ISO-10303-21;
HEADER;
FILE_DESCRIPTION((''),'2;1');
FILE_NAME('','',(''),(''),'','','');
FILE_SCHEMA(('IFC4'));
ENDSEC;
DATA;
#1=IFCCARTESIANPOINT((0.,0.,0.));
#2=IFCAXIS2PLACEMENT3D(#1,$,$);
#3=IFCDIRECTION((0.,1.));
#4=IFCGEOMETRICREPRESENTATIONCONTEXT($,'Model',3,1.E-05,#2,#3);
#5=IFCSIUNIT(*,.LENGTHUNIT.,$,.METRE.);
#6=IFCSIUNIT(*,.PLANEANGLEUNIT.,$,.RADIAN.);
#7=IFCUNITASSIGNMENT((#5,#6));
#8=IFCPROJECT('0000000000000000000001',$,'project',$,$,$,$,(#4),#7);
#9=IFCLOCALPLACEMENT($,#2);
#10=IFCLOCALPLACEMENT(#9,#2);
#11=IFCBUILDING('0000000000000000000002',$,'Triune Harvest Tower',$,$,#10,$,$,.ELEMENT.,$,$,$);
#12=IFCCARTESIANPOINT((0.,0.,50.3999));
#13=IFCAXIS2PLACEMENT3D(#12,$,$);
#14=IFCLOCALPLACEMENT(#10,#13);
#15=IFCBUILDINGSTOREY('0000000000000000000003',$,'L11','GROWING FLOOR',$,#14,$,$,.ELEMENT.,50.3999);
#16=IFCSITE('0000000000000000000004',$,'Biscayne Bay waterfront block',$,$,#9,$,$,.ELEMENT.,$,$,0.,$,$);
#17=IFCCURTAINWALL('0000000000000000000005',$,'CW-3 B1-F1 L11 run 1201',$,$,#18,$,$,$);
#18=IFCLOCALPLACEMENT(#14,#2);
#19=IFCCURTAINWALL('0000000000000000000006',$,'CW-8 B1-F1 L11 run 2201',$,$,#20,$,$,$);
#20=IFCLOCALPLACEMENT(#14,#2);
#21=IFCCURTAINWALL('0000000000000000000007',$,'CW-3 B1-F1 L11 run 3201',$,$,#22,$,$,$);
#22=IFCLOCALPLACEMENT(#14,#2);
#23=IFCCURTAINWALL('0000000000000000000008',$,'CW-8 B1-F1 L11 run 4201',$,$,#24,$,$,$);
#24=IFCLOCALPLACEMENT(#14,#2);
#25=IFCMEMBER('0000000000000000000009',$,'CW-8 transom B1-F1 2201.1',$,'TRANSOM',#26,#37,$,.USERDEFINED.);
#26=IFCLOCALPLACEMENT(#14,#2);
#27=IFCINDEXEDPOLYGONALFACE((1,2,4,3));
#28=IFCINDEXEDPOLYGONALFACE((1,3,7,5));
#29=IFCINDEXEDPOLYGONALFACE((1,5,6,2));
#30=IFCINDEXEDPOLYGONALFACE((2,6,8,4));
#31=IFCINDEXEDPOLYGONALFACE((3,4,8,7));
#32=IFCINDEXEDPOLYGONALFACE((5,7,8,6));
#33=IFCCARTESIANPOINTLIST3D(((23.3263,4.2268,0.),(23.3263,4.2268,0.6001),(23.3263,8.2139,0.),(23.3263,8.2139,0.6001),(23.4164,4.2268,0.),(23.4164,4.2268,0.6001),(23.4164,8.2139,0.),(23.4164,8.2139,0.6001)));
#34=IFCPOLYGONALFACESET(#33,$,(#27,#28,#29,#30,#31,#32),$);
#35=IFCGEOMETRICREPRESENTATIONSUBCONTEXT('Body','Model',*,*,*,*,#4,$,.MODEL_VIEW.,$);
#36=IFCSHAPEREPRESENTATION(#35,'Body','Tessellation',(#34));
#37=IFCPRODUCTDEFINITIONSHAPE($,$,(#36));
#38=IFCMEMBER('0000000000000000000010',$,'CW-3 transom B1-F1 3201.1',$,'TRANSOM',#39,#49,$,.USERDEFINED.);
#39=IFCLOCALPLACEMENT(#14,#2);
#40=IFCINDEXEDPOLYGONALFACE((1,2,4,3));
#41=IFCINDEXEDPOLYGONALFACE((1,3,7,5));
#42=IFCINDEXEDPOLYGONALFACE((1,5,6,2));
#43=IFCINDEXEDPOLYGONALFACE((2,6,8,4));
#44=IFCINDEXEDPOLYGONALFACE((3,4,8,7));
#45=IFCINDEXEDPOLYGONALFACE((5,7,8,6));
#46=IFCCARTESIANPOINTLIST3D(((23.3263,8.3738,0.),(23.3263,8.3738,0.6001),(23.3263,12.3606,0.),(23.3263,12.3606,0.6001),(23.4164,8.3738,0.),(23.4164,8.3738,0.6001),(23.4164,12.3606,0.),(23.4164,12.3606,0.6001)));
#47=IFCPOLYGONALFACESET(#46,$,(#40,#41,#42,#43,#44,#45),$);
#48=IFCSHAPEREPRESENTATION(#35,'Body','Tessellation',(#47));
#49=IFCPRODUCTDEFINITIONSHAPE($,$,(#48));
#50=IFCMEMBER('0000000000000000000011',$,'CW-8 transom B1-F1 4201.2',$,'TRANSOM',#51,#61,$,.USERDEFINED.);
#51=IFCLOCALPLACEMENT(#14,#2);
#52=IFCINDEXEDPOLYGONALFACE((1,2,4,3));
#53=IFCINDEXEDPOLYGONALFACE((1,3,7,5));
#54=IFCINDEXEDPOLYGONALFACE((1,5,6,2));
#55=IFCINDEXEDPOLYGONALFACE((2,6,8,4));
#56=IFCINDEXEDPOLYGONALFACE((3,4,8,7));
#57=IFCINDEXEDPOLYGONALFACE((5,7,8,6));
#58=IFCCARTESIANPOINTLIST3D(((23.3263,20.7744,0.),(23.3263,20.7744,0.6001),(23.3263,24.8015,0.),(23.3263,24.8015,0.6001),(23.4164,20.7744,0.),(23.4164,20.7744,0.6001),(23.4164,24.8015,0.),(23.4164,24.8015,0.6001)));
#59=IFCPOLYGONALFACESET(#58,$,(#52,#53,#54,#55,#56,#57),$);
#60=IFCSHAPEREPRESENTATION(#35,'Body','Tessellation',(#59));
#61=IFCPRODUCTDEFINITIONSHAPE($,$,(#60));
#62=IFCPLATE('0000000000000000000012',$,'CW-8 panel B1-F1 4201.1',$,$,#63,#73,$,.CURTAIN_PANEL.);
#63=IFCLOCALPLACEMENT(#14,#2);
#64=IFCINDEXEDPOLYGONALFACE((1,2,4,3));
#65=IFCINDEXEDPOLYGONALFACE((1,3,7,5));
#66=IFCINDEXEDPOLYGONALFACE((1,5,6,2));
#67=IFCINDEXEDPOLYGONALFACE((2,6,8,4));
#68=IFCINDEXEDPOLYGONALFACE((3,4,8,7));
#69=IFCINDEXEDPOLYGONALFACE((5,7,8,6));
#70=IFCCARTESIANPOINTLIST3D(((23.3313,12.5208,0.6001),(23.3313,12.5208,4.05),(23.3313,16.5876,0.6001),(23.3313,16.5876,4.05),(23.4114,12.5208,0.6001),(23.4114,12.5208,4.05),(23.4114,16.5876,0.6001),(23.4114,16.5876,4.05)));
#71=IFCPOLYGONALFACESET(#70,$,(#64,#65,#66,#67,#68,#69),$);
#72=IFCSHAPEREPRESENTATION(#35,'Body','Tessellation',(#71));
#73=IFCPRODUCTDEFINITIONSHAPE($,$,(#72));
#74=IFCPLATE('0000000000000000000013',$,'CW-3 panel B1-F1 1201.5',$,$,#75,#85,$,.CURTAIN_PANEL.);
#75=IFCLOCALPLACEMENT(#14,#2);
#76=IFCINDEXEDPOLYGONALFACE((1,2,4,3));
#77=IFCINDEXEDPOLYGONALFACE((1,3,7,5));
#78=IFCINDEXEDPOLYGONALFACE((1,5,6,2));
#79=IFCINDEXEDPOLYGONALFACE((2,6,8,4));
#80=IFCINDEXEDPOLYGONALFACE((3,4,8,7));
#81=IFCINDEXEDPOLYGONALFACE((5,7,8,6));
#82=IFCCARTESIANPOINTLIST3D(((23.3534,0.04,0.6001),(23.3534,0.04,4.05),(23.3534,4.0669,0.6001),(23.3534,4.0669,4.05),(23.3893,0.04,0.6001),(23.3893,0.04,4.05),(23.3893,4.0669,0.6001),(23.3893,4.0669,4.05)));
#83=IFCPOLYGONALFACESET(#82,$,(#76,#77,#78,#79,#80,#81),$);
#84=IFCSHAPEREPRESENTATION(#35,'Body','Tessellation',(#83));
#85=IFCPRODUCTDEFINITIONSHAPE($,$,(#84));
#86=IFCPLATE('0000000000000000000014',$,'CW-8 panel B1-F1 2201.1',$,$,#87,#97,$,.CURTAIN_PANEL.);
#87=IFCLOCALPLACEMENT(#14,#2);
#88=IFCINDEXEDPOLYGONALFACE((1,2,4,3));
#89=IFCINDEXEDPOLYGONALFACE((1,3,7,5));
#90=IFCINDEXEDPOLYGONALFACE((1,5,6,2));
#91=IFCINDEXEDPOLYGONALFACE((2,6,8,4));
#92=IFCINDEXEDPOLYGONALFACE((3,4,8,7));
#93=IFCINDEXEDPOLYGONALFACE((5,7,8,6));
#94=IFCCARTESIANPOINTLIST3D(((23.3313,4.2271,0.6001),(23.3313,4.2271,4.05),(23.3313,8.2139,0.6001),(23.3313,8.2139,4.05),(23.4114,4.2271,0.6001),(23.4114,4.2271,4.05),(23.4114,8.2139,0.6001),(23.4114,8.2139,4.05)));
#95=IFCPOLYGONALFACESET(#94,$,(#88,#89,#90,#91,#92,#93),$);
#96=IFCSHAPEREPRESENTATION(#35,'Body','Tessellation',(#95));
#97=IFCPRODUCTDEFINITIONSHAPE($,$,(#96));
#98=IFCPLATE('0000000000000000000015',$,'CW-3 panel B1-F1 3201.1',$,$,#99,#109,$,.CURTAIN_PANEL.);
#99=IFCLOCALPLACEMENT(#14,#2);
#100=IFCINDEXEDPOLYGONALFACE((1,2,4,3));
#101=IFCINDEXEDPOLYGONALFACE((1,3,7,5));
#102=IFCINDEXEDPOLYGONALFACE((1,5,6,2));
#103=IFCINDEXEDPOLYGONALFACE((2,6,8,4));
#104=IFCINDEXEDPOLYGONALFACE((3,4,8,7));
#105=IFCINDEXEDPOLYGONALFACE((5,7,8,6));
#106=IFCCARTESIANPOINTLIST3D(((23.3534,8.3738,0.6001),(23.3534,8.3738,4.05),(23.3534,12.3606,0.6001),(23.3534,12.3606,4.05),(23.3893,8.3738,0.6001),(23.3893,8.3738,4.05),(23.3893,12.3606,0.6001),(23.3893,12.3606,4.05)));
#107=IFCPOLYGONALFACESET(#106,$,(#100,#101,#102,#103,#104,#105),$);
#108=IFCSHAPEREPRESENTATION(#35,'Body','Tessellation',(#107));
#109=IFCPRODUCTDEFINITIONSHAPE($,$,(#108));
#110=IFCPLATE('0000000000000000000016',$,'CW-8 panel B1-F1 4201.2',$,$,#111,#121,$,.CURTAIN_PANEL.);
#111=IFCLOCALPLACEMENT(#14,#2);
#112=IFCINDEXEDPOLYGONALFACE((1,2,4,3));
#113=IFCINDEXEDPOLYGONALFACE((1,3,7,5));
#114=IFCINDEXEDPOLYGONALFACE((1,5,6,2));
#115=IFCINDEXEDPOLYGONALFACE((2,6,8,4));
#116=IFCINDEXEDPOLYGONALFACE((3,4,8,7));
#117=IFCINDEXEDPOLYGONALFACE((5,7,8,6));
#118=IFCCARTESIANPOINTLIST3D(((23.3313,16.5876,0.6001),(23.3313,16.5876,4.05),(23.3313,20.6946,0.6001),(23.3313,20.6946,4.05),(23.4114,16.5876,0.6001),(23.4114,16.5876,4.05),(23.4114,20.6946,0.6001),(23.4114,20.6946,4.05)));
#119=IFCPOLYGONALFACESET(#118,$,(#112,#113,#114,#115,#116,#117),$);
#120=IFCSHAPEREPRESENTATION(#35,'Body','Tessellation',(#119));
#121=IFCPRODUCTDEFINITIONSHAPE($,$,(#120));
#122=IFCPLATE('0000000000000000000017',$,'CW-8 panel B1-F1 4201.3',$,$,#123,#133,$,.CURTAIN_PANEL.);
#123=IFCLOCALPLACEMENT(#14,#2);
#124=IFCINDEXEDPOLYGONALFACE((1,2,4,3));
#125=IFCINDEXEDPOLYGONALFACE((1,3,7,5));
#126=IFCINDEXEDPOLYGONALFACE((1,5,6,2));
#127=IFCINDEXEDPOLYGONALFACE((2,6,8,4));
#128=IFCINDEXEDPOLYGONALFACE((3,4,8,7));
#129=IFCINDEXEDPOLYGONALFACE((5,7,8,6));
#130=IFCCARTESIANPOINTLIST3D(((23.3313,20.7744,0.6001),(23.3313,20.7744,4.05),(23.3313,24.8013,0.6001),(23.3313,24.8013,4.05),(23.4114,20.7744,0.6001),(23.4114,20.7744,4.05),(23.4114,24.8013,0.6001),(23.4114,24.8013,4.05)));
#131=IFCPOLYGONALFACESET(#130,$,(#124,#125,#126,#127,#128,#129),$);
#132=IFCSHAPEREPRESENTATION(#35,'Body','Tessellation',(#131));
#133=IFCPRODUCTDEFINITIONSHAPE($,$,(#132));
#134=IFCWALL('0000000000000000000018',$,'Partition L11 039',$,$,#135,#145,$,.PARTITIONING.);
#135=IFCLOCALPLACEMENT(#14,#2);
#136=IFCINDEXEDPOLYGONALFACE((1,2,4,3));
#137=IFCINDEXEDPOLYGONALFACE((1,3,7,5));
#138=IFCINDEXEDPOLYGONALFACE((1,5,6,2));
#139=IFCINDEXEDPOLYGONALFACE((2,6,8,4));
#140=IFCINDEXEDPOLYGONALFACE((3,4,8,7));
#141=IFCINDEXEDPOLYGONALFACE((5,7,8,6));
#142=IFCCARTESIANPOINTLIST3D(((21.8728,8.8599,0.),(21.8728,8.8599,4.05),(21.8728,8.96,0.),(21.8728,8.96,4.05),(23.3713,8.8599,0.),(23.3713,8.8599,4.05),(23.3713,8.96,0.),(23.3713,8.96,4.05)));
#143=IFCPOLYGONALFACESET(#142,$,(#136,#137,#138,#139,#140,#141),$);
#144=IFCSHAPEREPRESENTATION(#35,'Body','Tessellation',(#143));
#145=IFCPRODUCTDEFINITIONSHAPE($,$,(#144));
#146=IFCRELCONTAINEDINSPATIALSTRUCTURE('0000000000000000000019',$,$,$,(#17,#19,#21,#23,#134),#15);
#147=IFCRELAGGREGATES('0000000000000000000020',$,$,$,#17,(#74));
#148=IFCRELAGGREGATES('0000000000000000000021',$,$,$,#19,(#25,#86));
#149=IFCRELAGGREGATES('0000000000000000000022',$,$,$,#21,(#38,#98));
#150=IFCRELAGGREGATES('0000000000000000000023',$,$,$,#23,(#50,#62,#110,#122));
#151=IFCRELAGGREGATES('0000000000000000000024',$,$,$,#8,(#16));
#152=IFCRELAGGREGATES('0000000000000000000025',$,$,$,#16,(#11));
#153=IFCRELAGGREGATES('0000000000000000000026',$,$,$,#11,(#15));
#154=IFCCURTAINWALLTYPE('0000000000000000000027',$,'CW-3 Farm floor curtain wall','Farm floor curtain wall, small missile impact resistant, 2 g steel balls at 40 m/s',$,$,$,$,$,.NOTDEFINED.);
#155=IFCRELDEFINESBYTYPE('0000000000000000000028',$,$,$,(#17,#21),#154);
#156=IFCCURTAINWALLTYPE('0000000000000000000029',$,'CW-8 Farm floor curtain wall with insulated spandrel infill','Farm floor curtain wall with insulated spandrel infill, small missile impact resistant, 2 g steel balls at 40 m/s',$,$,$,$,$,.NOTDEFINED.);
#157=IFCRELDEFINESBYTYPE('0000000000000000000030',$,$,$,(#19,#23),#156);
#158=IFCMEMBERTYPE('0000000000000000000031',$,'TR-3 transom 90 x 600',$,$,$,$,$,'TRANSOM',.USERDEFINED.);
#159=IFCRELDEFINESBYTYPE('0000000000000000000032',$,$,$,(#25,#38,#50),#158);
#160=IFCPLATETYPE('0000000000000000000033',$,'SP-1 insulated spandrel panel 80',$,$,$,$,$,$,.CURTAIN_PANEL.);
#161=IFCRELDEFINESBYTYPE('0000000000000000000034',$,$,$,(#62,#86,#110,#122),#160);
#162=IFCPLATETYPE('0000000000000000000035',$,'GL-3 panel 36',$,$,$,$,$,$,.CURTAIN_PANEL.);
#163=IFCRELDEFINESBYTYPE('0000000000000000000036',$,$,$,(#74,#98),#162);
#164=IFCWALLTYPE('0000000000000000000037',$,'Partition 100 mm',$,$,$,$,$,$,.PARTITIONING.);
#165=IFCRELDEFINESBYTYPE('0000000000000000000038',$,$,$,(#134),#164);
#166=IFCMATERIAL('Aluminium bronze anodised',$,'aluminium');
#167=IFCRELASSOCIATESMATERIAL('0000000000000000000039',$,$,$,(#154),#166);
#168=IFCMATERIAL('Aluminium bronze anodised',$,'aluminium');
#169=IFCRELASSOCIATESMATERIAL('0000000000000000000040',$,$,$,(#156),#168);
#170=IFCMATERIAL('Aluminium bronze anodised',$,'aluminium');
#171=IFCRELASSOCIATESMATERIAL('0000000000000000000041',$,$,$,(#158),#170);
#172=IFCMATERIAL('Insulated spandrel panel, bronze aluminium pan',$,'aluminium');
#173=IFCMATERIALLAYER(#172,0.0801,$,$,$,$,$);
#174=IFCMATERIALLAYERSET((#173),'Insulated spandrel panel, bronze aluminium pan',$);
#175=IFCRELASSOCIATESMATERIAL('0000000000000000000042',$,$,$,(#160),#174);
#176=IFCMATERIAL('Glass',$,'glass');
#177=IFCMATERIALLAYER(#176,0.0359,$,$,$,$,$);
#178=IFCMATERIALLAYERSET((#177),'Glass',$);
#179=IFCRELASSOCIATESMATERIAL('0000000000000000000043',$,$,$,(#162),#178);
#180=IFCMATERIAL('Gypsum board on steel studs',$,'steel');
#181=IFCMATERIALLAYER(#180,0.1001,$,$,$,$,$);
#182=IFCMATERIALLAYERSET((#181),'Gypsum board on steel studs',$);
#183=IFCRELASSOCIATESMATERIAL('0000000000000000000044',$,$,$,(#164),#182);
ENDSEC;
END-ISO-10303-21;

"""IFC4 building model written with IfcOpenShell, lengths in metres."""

from ifc_helpers import new_model, si_unit, direction, frame, frame_2d, origin, origin_2d, place, context, subcontext, project, spatial, rectangle, extrude, source, transform, mapped, material, layer, layer_set, material_profile, profile_set, type_object, element, aggregate, save


model = new_model("IFC4")

# Units and contexts
model_context = context("Model", 3, precision=1e-05, world=origin(), true_north=direction((0.0, 1.0)))
body_context = subcontext(model_context, "Body", "Model", "MODEL_VIEW")
ifc_project = project(units=[si_unit("LENGTHUNIT", "METRE"), si_unit("PLANEANGLEUNIT", "RADIAN")], contexts=[model_context])

# Site, building, storey
site_placement = place(None, origin())
site = spatial("IfcSite", under=ifc_project, at=site_placement, Name="Biscayne Bay waterfront block", CompositionType="ELEMENT", RefElevation=0.0)
building_placement = place(site_placement, origin())
building = spatial("IfcBuilding", under=site, at=building_placement, Name="Triune Harvest Tower", CompositionType="ELEMENT")
storey_placement = place(building_placement, frame((0.0, 0.0, 50.3999)))
storey = spatial("IfcBuildingStorey", under=building, at=storey_placement, Name="L11", Description="GROWING FLOOR", CompositionType="ELEMENT", Elevation=50.3999)

# Curtain wall
ifc_material_1 = material(Name="Aluminium bronze anodised", Category="aluminium")
curtain_wall_type_1 = type_object("IfcCurtainWallType", Name="CW-3 Farm floor curtain wall", Description="Farm floor curtain wall, small missile impact resistant, 2 g steel balls at 40 m/s", PredefinedType="NOTDEFINED", material=ifc_material_1)
curtain_wall_1_placement = place(storey_placement, origin())
curtain_wall_1 = element("IfcCurtainWall", 1, at=curtain_wall_1_placement, inside=storey, type_object=curtain_wall_type_1, Name="CW-3 B1-F1 L11 run 1201")

# Curtain walls
ifc_material_2 = material(Name="Aluminium bronze anodised", Category="aluminium")
curtain_wall_type_2 = type_object("IfcCurtainWallType", Name="CW-8 Farm floor curtain wall with insulated spandrel infill", Description="Farm floor curtain wall with insulated spandrel infill, small missile impact resistant, 2 g steel balls at 40 m/s", PredefinedType="NOTDEFINED", material=ifc_material_2)
curtain_wall_2_placement = place(storey_placement, origin())
curtain_wall_2 = element("IfcCurtainWall", 2, at=curtain_wall_2_placement, inside=storey, type_object=curtain_wall_type_2, Name="CW-8 B1-F1 L11 run 2201")
curtain_wall_3_placement = place(storey_placement, origin())
curtain_wall_3 = element("IfcCurtainWall", 3, at=curtain_wall_3_placement, inside=storey, type_object=curtain_wall_type_1, Name="CW-3 B1-F1 L11 run 3201")
curtain_wall_4_placement = place(storey_placement, origin())
curtain_wall_4 = element("IfcCurtainWall", 4, at=curtain_wall_4_placement, inside=storey, type_object=curtain_wall_type_2, Name="CW-8 B1-F1 L11 run 4201")
ifc_material_3 = material(Name="Aluminium bronze anodised", Category="aluminium")
ifc_material_profile_1 = material_profile(ifc_material_3, rectangle(XDim=0.0901, YDim=0.6001, at=origin_2d()), Name="TR-3 transom 90 x 600")
ifc_profile_set_1 = profile_set([ifc_material_profile_1], Name="Aluminium bronze anodised")
member_type_1 = type_object("IfcMemberType", Name="TR-3 transom 90 x 600", ElementType="TRANSOM", PredefinedType="USERDEFINED", material=ifc_profile_set_1)

# Members
shared_shape_1 = source(origin(), body_context, "Body", "SweptSolid", [
    extrude(rectangle(XDim=0.0901, YDim=0.6001, at=origin_2d()), origin(), (0.0, 0.0, 1.0), 3.9871),
])
member_1_placement = place(storey_placement, frame((23.3713, 4.2268, 0.3), z_axis=(0.0, 1.0, 0.0), x_axis=(-1.0, 0.0, 0.0)))
member_1 = element("IfcMember", 5, at=member_1_placement, type_object=member_type_1, Name="CW-8 transom B1-F1 2201.1", ObjectType="TRANSOM", PredefinedType="USERDEFINED", context=body_context, shape_type="MappedRepresentation", body=[
    mapped(shared_shape_1, transform((0.0, 0.0, 0.0), scale=1.0)),
])
shared_shape_2 = source(origin(), body_context, "Body", "SweptSolid", [
    extrude(rectangle(XDim=0.0901, YDim=0.6001, at=origin_2d()), origin(), (0.0, 0.0, 1.0), 3.9868),
])
member_2_placement = place(storey_placement, frame((23.3713, 8.3738, 0.3), z_axis=(0.0, 1.0, 0.0), x_axis=(-1.0, 0.0, 0.0)))
member_2 = element("IfcMember", 6, at=member_2_placement, type_object=member_type_1, Name="CW-3 transom B1-F1 3201.1", ObjectType="TRANSOM", PredefinedType="USERDEFINED", context=body_context, shape_type="MappedRepresentation", body=[
    mapped(shared_shape_2, transform((0.0, 0.0, 0.0), scale=1.0)),
])
shared_shape_3 = source(origin(), body_context, "Body", "SweptSolid", [
    extrude(rectangle(XDim=0.0901, YDim=0.6001, at=origin_2d()), origin(), (0.0, 0.0, 1.0), 4.0271),
])
member_3_placement = place(storey_placement, frame((23.3713, 20.7744, 0.3), z_axis=(0.0, 1.0, 0.0), x_axis=(-1.0, 0.0, 0.0)))
member_3 = element("IfcMember", 7, at=member_3_placement, type_object=member_type_1, Name="CW-8 transom B1-F1 4201.2", ObjectType="TRANSOM", PredefinedType="USERDEFINED", context=body_context, shape_type="MappedRepresentation", body=[
    mapped(shared_shape_3, transform((0.0, 0.0, 0.0), scale=1.0)),
])

# Plates
ifc_material_4 = material(Name="Insulated spandrel panel, bronze aluminium pan", Category="aluminium")
ifc_layer_1 = layer(ifc_material_4, 0.0801)
ifc_layer_set_1 = layer_set([ifc_layer_1], Name="Insulated spandrel panel, bronze aluminium pan")
plate_type_1 = type_object("IfcPlateType", Name="SP-1 insulated spandrel panel 80", PredefinedType="CURTAIN_PANEL", material=ifc_layer_set_1)
shared_shape_4 = source(origin(), body_context, "Body", "SweptSolid", [
    extrude(rectangle(XDim=4.0669, YDim=0.0801, at=origin_2d()), origin(), (0.0, 0.0, 1.0), 3.45),
])
plate_1_placement = place(storey_placement, frame((23.3713, 14.5542, 0.6001), z_axis=(0.0, 0.0, 1.0), x_axis=(0.0, 1.0, 0.0)))
plate_1 = element("IfcPlate", 8, at=plate_1_placement, type_object=plate_type_1, Name="CW-8 panel B1-F1 4201.1", PredefinedType="CURTAIN_PANEL", context=body_context, shape_type="MappedRepresentation", body=[
    mapped(shared_shape_4, transform((0.0, 0.0, 0.0), scale=1.0)),
])
ifc_material_5 = material(Name="Glass", Category="glass")
ifc_layer_2 = layer(ifc_material_5, 0.0359)
ifc_layer_set_2 = layer_set([ifc_layer_2], Name="Glass")
plate_type_2 = type_object("IfcPlateType", Name="GL-3 panel 36", PredefinedType="CURTAIN_PANEL", material=ifc_layer_set_2)
shared_shape_5 = source(origin(), body_context, "Body", "SweptSolid", [
    extrude(rectangle(XDim=4.0269, YDim=0.0359, at=origin_2d()), origin(), (0.0, 0.0, 1.0), 3.45),
])
plate_2_placement = place(storey_placement, frame((23.3713, 2.0535, 0.6001), z_axis=(0.0, 0.0, 1.0), x_axis=(0.0, 1.0, 0.0)))
plate_2 = element("IfcPlate", 9, at=plate_2_placement, type_object=plate_type_2, Name="CW-3 panel B1-F1 1201.5", PredefinedType="CURTAIN_PANEL", context=body_context, shape_type="MappedRepresentation", body=[
    mapped(shared_shape_5, transform((0.0, 0.0, 0.0), scale=1.0)),
])
aggregate(curtain_wall_1, [plate_2])
shared_shape_6 = source(origin(), body_context, "Body", "SweptSolid", [
    extrude(rectangle(XDim=3.9868, YDim=0.0801, at=origin_2d()), origin(), (0.0, 0.0, 1.0), 3.45),
])
plate_3_placement = place(storey_placement, frame((23.3713, 6.2205, 0.6001), z_axis=(0.0, 0.0, 1.0), x_axis=(0.0, 1.0, 0.0)))
plate_3 = element("IfcPlate", 10, at=plate_3_placement, type_object=plate_type_1, Name="CW-8 panel B1-F1 2201.1", PredefinedType="CURTAIN_PANEL", context=body_context, shape_type="MappedRepresentation", body=[
    mapped(shared_shape_6, transform((0.0, 0.0, 0.0), scale=1.0)),
])
aggregate(curtain_wall_2, [member_1, plate_3])
shared_shape_7 = source(origin(), body_context, "Body", "SweptSolid", [
    extrude(rectangle(XDim=3.9868, YDim=0.0359, at=origin_2d()), origin(), (0.0, 0.0, 1.0), 3.45),
])
plate_4_placement = place(storey_placement, frame((23.3713, 10.3672, 0.6001), z_axis=(0.0, 0.0, 1.0), x_axis=(0.0, 1.0, 0.0)))
plate_4 = element("IfcPlate", 11, at=plate_4_placement, type_object=plate_type_2, Name="CW-3 panel B1-F1 3201.1", PredefinedType="CURTAIN_PANEL", context=body_context, shape_type="MappedRepresentation", body=[
    mapped(shared_shape_7, transform((0.0, 0.0, 0.0), scale=1.0)),
])
aggregate(curtain_wall_3, [member_2, plate_4])
shared_shape_8 = source(origin(), body_context, "Body", "SweptSolid", [
    extrude(rectangle(XDim=4.1069, YDim=0.0801, at=origin_2d()), origin(), (0.0, 0.0, 1.0), 3.45),
])
plate_5_placement = place(storey_placement, frame((23.3713, 18.6411, 0.6001), z_axis=(0.0, 0.0, 1.0), x_axis=(0.0, 1.0, 0.0)))
plate_5 = element("IfcPlate", 12, at=plate_5_placement, type_object=plate_type_1, Name="CW-8 panel B1-F1 4201.2", PredefinedType="CURTAIN_PANEL", context=body_context, shape_type="MappedRepresentation", body=[
    mapped(shared_shape_8, transform((0.0, 0.0, 0.0), scale=1.0)),
])
shared_shape_9 = source(origin(), body_context, "Body", "SweptSolid", [
    extrude(rectangle(XDim=4.0269, YDim=0.0801, at=origin_2d()), origin(), (0.0, 0.0, 1.0), 3.45),
])
plate_6_placement = place(storey_placement, frame((23.3713, 22.7878, 0.6001), z_axis=(0.0, 0.0, 1.0), x_axis=(0.0, 1.0, 0.0)))
plate_6 = element("IfcPlate", 13, at=plate_6_placement, type_object=plate_type_1, Name="CW-8 panel B1-F1 4201.3", PredefinedType="CURTAIN_PANEL", context=body_context, shape_type="MappedRepresentation", body=[
    mapped(shared_shape_9, transform((0.0, 0.0, 0.0), scale=1.0)),
])
aggregate(curtain_wall_4, [member_3, plate_1, plate_5, plate_6])

# Wall
ifc_material_6 = material(Name="Gypsum board on steel studs", Category="steel")
ifc_layer_3 = layer(ifc_material_6, 0.1001)
ifc_layer_set_3 = layer_set([ifc_layer_3], Name="Gypsum board on steel studs")
wall_type = type_object("IfcWallType", Name="Partition 100 mm", PredefinedType="PARTITIONING", material=ifc_layer_set_3)
shared_shape_10 = source(origin(), body_context, "Body", "SweptSolid", [
    extrude(rectangle(XDim=1.4985, YDim=0.1001, at=frame_2d((0.7493, 0.0))), origin(), (0.0, 0.0, 1.0), 4.05),
])
wall_placement = place(storey_placement, frame((21.8728, 8.9099, 0.0), z_axis=(0.0, 0.0, 1.0), x_axis=(1.0, 0.0, 0.0)))
element("IfcWall", 14, at=wall_placement, inside=storey, type_object=wall_type, Name="Partition L11 039", PredefinedType="PARTITIONING", context=body_context, shape_type="MappedRepresentation", body=[
    mapped(shared_shape_10, transform((0.0, 0.0, 0.0), scale=1.0)),
])

save(model, "model.ifc")
